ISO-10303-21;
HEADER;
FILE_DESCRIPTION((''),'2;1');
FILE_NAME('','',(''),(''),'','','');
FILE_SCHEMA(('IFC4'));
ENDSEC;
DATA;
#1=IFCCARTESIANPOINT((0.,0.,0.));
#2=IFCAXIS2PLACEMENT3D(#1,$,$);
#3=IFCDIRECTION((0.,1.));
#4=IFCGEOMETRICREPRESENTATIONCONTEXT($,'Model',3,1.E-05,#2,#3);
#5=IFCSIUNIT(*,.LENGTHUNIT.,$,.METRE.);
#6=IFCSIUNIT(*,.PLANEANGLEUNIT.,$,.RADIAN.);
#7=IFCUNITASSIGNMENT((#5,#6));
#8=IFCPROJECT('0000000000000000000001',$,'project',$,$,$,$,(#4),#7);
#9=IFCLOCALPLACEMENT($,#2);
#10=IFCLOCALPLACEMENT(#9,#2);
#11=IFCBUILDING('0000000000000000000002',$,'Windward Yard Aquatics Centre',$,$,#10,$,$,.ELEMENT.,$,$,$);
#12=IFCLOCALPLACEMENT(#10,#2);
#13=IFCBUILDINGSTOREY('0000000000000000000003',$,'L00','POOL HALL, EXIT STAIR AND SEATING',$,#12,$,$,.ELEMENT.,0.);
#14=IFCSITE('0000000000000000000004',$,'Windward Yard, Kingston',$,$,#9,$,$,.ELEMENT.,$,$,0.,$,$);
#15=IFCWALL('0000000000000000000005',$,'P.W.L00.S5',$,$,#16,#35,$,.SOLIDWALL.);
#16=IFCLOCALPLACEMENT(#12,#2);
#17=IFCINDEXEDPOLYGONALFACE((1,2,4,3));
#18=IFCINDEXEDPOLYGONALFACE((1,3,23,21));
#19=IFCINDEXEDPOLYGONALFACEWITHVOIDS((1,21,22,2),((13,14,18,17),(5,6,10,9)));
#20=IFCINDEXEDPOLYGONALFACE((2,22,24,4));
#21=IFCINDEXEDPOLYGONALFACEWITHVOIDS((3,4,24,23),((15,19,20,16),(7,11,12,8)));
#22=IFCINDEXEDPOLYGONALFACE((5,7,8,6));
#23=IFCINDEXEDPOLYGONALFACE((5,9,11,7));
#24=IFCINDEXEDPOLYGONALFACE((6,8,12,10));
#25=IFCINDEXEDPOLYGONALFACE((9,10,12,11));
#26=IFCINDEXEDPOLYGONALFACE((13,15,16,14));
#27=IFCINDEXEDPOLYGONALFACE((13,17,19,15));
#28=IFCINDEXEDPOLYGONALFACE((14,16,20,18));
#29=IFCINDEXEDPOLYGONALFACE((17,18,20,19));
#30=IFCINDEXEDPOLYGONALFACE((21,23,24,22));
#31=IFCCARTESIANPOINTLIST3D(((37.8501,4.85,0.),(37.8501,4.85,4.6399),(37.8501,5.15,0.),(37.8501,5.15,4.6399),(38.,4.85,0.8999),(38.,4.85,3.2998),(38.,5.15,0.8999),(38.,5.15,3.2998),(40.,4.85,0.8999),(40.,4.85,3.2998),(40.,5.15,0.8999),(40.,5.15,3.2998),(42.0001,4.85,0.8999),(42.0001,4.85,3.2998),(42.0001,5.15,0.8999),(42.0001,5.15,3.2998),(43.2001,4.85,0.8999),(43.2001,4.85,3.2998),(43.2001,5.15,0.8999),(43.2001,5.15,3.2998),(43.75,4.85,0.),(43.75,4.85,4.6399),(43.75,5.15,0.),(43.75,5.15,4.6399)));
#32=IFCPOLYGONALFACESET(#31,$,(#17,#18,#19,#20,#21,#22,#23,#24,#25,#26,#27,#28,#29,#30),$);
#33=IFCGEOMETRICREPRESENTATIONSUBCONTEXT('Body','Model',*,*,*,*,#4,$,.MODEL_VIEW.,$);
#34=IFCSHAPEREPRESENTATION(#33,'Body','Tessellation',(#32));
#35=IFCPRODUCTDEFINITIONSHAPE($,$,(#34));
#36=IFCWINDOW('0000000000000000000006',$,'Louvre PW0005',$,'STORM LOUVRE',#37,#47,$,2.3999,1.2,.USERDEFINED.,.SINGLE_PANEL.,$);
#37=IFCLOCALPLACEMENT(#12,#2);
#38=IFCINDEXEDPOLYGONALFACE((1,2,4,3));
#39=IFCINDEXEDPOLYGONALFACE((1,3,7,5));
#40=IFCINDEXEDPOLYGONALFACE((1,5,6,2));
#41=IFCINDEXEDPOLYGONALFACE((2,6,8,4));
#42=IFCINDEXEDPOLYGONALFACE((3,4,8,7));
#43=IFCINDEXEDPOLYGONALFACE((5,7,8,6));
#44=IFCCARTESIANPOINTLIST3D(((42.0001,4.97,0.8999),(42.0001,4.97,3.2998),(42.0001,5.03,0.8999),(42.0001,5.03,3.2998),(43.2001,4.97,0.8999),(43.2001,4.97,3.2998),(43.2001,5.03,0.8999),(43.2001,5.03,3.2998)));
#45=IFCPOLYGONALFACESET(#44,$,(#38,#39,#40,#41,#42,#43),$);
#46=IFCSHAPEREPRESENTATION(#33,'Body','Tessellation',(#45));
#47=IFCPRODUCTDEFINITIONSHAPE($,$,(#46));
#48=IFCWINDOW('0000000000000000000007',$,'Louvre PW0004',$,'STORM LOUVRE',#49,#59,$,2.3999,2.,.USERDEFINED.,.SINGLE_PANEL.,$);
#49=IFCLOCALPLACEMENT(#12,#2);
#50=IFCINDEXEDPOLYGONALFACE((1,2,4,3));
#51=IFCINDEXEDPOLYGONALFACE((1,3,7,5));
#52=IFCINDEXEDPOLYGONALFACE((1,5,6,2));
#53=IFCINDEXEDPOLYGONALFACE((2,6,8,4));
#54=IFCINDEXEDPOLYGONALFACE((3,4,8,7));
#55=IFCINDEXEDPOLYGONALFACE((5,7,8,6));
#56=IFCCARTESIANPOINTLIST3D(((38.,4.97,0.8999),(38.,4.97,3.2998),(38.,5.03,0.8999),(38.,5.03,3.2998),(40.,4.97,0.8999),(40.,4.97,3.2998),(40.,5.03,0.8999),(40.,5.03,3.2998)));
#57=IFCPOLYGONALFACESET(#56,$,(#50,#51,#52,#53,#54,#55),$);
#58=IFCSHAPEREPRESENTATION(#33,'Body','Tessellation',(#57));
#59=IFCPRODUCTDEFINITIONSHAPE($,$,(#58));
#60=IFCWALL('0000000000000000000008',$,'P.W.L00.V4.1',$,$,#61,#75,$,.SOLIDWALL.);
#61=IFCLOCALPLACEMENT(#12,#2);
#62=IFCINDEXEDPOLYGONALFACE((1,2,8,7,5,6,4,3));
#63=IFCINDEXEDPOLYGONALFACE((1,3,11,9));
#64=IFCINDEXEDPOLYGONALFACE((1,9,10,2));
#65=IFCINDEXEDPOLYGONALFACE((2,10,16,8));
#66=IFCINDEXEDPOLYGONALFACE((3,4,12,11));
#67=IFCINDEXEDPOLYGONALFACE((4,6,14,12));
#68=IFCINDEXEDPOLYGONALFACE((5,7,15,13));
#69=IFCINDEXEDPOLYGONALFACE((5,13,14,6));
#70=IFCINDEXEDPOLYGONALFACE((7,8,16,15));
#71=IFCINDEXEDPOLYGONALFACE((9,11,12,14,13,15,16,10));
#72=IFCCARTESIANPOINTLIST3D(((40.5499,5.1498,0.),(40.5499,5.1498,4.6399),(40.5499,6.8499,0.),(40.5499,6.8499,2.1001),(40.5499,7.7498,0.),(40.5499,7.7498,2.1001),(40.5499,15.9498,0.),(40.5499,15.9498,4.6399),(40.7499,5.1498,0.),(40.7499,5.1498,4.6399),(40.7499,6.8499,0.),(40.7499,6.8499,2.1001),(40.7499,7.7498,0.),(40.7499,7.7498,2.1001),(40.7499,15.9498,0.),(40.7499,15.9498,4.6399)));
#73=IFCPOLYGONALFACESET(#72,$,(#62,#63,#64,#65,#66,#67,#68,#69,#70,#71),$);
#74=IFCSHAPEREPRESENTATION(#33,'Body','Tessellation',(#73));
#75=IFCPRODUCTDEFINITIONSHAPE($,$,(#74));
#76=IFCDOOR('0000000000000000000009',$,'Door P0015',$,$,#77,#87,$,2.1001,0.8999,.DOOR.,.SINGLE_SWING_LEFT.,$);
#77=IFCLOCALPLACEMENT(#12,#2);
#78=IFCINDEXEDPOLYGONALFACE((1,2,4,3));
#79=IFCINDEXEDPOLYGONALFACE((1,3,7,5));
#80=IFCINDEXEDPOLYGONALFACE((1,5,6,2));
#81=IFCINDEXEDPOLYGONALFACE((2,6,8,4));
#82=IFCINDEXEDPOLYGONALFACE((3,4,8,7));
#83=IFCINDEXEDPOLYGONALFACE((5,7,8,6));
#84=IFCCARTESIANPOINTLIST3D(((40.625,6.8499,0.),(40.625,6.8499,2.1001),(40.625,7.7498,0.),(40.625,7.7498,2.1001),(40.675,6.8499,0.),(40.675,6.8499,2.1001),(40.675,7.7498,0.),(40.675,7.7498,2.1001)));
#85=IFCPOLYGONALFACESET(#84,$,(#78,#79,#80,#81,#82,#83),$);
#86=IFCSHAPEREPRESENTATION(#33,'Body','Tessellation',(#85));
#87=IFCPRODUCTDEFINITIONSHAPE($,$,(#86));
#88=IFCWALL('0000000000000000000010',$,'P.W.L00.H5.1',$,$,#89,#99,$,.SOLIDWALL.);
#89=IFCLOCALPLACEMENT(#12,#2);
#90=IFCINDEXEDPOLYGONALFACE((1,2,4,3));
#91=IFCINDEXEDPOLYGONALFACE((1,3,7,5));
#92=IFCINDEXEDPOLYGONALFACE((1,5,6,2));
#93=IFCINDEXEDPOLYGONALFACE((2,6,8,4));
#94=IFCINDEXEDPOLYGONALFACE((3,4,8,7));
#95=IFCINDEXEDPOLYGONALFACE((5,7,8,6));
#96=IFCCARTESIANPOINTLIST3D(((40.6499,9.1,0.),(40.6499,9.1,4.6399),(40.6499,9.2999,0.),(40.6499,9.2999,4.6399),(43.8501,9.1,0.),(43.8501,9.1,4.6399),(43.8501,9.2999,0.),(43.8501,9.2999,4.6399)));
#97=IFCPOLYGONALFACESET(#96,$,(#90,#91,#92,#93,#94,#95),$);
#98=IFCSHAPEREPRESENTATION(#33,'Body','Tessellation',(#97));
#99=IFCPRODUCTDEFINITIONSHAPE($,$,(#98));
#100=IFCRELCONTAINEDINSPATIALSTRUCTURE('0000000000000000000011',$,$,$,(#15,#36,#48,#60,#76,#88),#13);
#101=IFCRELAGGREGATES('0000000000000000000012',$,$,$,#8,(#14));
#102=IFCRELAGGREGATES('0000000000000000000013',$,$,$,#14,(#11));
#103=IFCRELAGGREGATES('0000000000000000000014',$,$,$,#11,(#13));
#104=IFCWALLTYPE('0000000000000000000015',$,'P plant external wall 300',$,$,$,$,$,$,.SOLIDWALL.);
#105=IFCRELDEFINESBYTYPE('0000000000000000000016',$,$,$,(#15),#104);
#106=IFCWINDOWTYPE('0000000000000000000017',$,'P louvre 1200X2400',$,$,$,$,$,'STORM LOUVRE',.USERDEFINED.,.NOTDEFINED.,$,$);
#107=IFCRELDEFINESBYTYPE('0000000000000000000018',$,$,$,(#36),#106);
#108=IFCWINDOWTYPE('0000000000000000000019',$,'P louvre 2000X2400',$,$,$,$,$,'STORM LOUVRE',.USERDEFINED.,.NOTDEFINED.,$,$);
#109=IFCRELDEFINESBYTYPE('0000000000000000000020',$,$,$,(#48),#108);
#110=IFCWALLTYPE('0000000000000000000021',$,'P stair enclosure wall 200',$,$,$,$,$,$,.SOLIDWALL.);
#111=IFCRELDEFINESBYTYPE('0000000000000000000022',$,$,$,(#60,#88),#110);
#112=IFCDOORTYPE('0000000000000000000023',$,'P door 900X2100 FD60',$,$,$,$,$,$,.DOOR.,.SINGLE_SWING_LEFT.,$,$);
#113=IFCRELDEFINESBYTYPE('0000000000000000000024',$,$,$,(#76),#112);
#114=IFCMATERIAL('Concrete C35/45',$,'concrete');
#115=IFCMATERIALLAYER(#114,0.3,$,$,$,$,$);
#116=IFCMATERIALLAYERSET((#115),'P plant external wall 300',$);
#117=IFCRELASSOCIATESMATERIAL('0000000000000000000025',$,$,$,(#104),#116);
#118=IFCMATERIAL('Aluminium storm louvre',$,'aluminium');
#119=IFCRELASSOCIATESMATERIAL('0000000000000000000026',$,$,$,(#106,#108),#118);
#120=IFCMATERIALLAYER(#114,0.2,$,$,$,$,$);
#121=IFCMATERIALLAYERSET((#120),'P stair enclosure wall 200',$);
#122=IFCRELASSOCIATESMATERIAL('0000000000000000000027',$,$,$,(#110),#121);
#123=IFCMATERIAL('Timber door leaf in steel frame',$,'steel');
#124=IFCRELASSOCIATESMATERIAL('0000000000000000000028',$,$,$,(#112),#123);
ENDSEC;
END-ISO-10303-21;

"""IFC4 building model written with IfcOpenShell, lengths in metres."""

from ifc_helpers import new_model, si_unit, direction, frame, frame_2d, origin, place, context, subcontext, project, spatial, rectangle, extrude, material, layer, layer_set, type_object, element, fill, save


model = new_model("IFC4")

# Units and contexts
model_context = context("Model", 3, precision=1e-05, world=origin(), true_north=direction((0.0, 1.0)))
body_context = subcontext(model_context, "Body", "Model", "MODEL_VIEW")
ifc_project = project(units=[si_unit("LENGTHUNIT", "METRE"), si_unit("PLANEANGLEUNIT", "RADIAN")], contexts=[model_context])

# Site, building, storey
site_placement = place(None, origin())
site = spatial("IfcSite", under=ifc_project, at=site_placement, Name="Windward Yard, Kingston", CompositionType="ELEMENT", RefElevation=0.0)
building_placement = place(site_placement, origin())
building = spatial("IfcBuilding", under=site, at=building_placement, Name="Windward Yard Aquatics Centre", CompositionType="ELEMENT")
storey_placement = place(building_placement, origin())
storey = spatial("IfcBuildingStorey", under=building, at=storey_placement, Name="L00", Description="POOL HALL, EXIT STAIR AND SEATING", CompositionType="ELEMENT", Elevation=0.0)

# Shared definitions
ifc_material_1 = material(Name="Concrete C35/45", Category="concrete")

# Shared definitions
ifc_layer_1 = layer(ifc_material_1, 0.3)
ifc_layer_set_1 = layer_set([ifc_layer_1], Name="P plant external wall 300")
wall_type_1 = type_object("IfcWallType", Name="P plant external wall 300", PredefinedType="SOLIDWALL", material=ifc_layer_set_1)
ifc_material_2 = material(Name="Aluminium storm louvre", Category="aluminium")

# Wall, openings, windows
wall_1_placement = place(storey_placement, frame((37.8501, 5.0, 0.0), z_axis=(0.0, 0.0, 1.0), x_axis=(1.0, 0.0, 0.0)))
wall_1 = element("IfcWall", 1, at=wall_1_placement, inside=storey, type_object=wall_type_1, Name="P.W.L00.S5", PredefinedType="SOLIDWALL", context=body_context, shape_type="SweptSolid", body=[
    extrude(rectangle(XDim=5.8999, YDim=0.3, at=frame_2d((2.95, 0.0))), origin(), (0.0, 0.0, 1.0), 4.6399),
])
opening_1_placement = place(wall_1_placement, frame((0.1499, 0.0, 0.8999)))
opening_1 = element("IfcOpeningElement", 2, at=opening_1_placement, cuts=wall_1, PredefinedType="OPENING", context=body_context, shape_type="SweptSolid", body=[
    extrude(rectangle(XDim=2.0, YDim=2.3999, at=frame_2d((1.0, 1.2))), frame((0.0, 0.1602, 0.0), z_axis=(0.0, -1.0, 0.0), x_axis=(1.0, 0.0, 0.0)), (0.0, 0.0, 1.0), 0.3201),
])
opening_2_placement = place(wall_1_placement, frame((4.1499, 0.0, 0.8999)))
opening_2 = element("IfcOpeningElement", 3, at=opening_2_placement, cuts=wall_1, PredefinedType="OPENING", context=body_context, shape_type="SweptSolid", body=[
    extrude(rectangle(XDim=1.2, YDim=2.3999, at=frame_2d((0.6001, 1.2))), frame((0.0, 0.1602, 0.0), z_axis=(0.0, -1.0, 0.0), x_axis=(1.0, 0.0, 0.0)), (0.0, 0.0, 1.0), 0.3201),
])
window_type_1 = type_object("IfcWindowType", Name="P louvre 1200X2400", ElementType="STORM LOUVRE", PartitioningType="NOTDEFINED", PredefinedType="USERDEFINED", material=ifc_material_2)
window_1_placement = place(opening_2_placement, origin())
window_1 = element("IfcWindow", 4, at=window_1_placement, inside=storey, type_object=window_type_1, Name="Louvre PW0005", ObjectType="STORM LOUVRE", OverallHeight=2.3999, OverallWidth=1.2, PartitioningType="SINGLE_PANEL", PredefinedType="USERDEFINED", context=body_context, shape_type="SweptSolid", body=[
    extrude(rectangle(XDim=1.2, YDim=2.3999, at=frame_2d((0.6001, 1.2))), frame((0.0, 0.03, 0.0), z_axis=(0.0, -1.0, 0.0), x_axis=(1.0, 0.0, 0.0)), (0.0, 0.0, 1.0), 0.0601),
])
fill(opening_2, window_1)
window_type_2 = type_object("IfcWindowType", Name="P louvre 2000X2400", ElementType="STORM LOUVRE", PartitioningType="NOTDEFINED", PredefinedType="USERDEFINED", material=ifc_material_2)
window_2_placement = place(opening_1_placement, origin())
window_2 = element("IfcWindow", 5, at=window_2_placement, inside=storey, type_object=window_type_2, Name="Louvre PW0004", ObjectType="STORM LOUVRE", OverallHeight=2.3999, OverallWidth=2.0, PartitioningType="SINGLE_PANEL", PredefinedType="USERDEFINED", context=body_context, shape_type="SweptSolid", body=[
    extrude(rectangle(XDim=2.0, YDim=2.3999, at=frame_2d((1.0, 1.2))), frame((0.0, 0.03, 0.0), z_axis=(0.0, -1.0, 0.0), x_axis=(1.0, 0.0, 0.0)), (0.0, 0.0, 1.0), 0.0601),
])
fill(opening_1, window_2)

# Wall, opening, door
ifc_layer_2 = layer(ifc_material_1, 0.2)
ifc_layer_set_2 = layer_set([ifc_layer_2], Name="P stair enclosure wall 200")
wall_type_2 = type_object("IfcWallType", Name="P stair enclosure wall 200", PredefinedType="SOLIDWALL", material=ifc_layer_set_2)
wall_2_placement = place(storey_placement, frame((40.6499, 5.1499, 0.0), z_axis=(0.0, 0.0, 1.0), x_axis=(0.0, 1.0, 0.0)))
wall_2 = element("IfcWall", 6, at=wall_2_placement, inside=storey, type_object=wall_type_2, Name="P.W.L00.V4.1", PredefinedType="SOLIDWALL", context=body_context, shape_type="SweptSolid", body=[
    extrude(rectangle(XDim=10.8, YDim=0.2, at=frame_2d((5.3999, 0.0))), origin(), (0.0, 0.0, 1.0), 4.6399),
])
opening_3_placement = place(wall_2_placement, frame((1.7, 0.0, 0.0)))
opening_3 = element("IfcOpeningElement", 7, at=opening_3_placement, cuts=wall_2, PredefinedType="OPENING", context=body_context, shape_type="SweptSolid", body=[
    extrude(rectangle(XDim=0.8999, YDim=2.1001, at=frame_2d((0.45, 1.05))), frame((0.0, 0.1099, 0.0), z_axis=(0.0, -1.0, 0.0), x_axis=(1.0, 0.0, 0.0)), (0.0, 0.0, 1.0), 0.22),
])
ifc_material_3 = material(Name="Timber door leaf in steel frame", Category="steel")
door_type = type_object("IfcDoorType", Name="P door 900X2100 FD60", OperationType="SINGLE_SWING_LEFT", PredefinedType="DOOR", material=ifc_material_3)
door_placement = place(opening_3_placement, origin())
door = element("IfcDoor", 8, at=door_placement, inside=storey, type_object=door_type, Name="Door P0015", OperationType="SINGLE_SWING_LEFT", OverallHeight=2.1001, OverallWidth=0.8999, PredefinedType="DOOR", context=body_context, shape_type="SweptSolid", body=[
    extrude(rectangle(XDim=0.8999, YDim=2.1001, at=frame_2d((0.45, 1.05))), frame((0.0, 0.0249, 0.0), z_axis=(0.0, -1.0, 0.0), x_axis=(1.0, 0.0, 0.0)), (0.0, 0.0, 1.0), 0.05),
])
fill(opening_3, door)

# Wall
wall_3_placement = place(storey_placement, frame((40.6499, 9.2, 0.0), z_axis=(0.0, 0.0, 1.0), x_axis=(1.0, 0.0, 0.0)))
element("IfcWall", 9, at=wall_3_placement, inside=storey, type_object=wall_type_2, Name="P.W.L00.H5.1", PredefinedType="SOLIDWALL", context=body_context, shape_type="SweptSolid", body=[
    extrude(rectangle(XDim=3.2002, YDim=0.2, at=frame_2d((1.6001, 0.0))), origin(), (0.0, 0.0, 1.0), 4.6399),
])

save(model, "model.ifc")
